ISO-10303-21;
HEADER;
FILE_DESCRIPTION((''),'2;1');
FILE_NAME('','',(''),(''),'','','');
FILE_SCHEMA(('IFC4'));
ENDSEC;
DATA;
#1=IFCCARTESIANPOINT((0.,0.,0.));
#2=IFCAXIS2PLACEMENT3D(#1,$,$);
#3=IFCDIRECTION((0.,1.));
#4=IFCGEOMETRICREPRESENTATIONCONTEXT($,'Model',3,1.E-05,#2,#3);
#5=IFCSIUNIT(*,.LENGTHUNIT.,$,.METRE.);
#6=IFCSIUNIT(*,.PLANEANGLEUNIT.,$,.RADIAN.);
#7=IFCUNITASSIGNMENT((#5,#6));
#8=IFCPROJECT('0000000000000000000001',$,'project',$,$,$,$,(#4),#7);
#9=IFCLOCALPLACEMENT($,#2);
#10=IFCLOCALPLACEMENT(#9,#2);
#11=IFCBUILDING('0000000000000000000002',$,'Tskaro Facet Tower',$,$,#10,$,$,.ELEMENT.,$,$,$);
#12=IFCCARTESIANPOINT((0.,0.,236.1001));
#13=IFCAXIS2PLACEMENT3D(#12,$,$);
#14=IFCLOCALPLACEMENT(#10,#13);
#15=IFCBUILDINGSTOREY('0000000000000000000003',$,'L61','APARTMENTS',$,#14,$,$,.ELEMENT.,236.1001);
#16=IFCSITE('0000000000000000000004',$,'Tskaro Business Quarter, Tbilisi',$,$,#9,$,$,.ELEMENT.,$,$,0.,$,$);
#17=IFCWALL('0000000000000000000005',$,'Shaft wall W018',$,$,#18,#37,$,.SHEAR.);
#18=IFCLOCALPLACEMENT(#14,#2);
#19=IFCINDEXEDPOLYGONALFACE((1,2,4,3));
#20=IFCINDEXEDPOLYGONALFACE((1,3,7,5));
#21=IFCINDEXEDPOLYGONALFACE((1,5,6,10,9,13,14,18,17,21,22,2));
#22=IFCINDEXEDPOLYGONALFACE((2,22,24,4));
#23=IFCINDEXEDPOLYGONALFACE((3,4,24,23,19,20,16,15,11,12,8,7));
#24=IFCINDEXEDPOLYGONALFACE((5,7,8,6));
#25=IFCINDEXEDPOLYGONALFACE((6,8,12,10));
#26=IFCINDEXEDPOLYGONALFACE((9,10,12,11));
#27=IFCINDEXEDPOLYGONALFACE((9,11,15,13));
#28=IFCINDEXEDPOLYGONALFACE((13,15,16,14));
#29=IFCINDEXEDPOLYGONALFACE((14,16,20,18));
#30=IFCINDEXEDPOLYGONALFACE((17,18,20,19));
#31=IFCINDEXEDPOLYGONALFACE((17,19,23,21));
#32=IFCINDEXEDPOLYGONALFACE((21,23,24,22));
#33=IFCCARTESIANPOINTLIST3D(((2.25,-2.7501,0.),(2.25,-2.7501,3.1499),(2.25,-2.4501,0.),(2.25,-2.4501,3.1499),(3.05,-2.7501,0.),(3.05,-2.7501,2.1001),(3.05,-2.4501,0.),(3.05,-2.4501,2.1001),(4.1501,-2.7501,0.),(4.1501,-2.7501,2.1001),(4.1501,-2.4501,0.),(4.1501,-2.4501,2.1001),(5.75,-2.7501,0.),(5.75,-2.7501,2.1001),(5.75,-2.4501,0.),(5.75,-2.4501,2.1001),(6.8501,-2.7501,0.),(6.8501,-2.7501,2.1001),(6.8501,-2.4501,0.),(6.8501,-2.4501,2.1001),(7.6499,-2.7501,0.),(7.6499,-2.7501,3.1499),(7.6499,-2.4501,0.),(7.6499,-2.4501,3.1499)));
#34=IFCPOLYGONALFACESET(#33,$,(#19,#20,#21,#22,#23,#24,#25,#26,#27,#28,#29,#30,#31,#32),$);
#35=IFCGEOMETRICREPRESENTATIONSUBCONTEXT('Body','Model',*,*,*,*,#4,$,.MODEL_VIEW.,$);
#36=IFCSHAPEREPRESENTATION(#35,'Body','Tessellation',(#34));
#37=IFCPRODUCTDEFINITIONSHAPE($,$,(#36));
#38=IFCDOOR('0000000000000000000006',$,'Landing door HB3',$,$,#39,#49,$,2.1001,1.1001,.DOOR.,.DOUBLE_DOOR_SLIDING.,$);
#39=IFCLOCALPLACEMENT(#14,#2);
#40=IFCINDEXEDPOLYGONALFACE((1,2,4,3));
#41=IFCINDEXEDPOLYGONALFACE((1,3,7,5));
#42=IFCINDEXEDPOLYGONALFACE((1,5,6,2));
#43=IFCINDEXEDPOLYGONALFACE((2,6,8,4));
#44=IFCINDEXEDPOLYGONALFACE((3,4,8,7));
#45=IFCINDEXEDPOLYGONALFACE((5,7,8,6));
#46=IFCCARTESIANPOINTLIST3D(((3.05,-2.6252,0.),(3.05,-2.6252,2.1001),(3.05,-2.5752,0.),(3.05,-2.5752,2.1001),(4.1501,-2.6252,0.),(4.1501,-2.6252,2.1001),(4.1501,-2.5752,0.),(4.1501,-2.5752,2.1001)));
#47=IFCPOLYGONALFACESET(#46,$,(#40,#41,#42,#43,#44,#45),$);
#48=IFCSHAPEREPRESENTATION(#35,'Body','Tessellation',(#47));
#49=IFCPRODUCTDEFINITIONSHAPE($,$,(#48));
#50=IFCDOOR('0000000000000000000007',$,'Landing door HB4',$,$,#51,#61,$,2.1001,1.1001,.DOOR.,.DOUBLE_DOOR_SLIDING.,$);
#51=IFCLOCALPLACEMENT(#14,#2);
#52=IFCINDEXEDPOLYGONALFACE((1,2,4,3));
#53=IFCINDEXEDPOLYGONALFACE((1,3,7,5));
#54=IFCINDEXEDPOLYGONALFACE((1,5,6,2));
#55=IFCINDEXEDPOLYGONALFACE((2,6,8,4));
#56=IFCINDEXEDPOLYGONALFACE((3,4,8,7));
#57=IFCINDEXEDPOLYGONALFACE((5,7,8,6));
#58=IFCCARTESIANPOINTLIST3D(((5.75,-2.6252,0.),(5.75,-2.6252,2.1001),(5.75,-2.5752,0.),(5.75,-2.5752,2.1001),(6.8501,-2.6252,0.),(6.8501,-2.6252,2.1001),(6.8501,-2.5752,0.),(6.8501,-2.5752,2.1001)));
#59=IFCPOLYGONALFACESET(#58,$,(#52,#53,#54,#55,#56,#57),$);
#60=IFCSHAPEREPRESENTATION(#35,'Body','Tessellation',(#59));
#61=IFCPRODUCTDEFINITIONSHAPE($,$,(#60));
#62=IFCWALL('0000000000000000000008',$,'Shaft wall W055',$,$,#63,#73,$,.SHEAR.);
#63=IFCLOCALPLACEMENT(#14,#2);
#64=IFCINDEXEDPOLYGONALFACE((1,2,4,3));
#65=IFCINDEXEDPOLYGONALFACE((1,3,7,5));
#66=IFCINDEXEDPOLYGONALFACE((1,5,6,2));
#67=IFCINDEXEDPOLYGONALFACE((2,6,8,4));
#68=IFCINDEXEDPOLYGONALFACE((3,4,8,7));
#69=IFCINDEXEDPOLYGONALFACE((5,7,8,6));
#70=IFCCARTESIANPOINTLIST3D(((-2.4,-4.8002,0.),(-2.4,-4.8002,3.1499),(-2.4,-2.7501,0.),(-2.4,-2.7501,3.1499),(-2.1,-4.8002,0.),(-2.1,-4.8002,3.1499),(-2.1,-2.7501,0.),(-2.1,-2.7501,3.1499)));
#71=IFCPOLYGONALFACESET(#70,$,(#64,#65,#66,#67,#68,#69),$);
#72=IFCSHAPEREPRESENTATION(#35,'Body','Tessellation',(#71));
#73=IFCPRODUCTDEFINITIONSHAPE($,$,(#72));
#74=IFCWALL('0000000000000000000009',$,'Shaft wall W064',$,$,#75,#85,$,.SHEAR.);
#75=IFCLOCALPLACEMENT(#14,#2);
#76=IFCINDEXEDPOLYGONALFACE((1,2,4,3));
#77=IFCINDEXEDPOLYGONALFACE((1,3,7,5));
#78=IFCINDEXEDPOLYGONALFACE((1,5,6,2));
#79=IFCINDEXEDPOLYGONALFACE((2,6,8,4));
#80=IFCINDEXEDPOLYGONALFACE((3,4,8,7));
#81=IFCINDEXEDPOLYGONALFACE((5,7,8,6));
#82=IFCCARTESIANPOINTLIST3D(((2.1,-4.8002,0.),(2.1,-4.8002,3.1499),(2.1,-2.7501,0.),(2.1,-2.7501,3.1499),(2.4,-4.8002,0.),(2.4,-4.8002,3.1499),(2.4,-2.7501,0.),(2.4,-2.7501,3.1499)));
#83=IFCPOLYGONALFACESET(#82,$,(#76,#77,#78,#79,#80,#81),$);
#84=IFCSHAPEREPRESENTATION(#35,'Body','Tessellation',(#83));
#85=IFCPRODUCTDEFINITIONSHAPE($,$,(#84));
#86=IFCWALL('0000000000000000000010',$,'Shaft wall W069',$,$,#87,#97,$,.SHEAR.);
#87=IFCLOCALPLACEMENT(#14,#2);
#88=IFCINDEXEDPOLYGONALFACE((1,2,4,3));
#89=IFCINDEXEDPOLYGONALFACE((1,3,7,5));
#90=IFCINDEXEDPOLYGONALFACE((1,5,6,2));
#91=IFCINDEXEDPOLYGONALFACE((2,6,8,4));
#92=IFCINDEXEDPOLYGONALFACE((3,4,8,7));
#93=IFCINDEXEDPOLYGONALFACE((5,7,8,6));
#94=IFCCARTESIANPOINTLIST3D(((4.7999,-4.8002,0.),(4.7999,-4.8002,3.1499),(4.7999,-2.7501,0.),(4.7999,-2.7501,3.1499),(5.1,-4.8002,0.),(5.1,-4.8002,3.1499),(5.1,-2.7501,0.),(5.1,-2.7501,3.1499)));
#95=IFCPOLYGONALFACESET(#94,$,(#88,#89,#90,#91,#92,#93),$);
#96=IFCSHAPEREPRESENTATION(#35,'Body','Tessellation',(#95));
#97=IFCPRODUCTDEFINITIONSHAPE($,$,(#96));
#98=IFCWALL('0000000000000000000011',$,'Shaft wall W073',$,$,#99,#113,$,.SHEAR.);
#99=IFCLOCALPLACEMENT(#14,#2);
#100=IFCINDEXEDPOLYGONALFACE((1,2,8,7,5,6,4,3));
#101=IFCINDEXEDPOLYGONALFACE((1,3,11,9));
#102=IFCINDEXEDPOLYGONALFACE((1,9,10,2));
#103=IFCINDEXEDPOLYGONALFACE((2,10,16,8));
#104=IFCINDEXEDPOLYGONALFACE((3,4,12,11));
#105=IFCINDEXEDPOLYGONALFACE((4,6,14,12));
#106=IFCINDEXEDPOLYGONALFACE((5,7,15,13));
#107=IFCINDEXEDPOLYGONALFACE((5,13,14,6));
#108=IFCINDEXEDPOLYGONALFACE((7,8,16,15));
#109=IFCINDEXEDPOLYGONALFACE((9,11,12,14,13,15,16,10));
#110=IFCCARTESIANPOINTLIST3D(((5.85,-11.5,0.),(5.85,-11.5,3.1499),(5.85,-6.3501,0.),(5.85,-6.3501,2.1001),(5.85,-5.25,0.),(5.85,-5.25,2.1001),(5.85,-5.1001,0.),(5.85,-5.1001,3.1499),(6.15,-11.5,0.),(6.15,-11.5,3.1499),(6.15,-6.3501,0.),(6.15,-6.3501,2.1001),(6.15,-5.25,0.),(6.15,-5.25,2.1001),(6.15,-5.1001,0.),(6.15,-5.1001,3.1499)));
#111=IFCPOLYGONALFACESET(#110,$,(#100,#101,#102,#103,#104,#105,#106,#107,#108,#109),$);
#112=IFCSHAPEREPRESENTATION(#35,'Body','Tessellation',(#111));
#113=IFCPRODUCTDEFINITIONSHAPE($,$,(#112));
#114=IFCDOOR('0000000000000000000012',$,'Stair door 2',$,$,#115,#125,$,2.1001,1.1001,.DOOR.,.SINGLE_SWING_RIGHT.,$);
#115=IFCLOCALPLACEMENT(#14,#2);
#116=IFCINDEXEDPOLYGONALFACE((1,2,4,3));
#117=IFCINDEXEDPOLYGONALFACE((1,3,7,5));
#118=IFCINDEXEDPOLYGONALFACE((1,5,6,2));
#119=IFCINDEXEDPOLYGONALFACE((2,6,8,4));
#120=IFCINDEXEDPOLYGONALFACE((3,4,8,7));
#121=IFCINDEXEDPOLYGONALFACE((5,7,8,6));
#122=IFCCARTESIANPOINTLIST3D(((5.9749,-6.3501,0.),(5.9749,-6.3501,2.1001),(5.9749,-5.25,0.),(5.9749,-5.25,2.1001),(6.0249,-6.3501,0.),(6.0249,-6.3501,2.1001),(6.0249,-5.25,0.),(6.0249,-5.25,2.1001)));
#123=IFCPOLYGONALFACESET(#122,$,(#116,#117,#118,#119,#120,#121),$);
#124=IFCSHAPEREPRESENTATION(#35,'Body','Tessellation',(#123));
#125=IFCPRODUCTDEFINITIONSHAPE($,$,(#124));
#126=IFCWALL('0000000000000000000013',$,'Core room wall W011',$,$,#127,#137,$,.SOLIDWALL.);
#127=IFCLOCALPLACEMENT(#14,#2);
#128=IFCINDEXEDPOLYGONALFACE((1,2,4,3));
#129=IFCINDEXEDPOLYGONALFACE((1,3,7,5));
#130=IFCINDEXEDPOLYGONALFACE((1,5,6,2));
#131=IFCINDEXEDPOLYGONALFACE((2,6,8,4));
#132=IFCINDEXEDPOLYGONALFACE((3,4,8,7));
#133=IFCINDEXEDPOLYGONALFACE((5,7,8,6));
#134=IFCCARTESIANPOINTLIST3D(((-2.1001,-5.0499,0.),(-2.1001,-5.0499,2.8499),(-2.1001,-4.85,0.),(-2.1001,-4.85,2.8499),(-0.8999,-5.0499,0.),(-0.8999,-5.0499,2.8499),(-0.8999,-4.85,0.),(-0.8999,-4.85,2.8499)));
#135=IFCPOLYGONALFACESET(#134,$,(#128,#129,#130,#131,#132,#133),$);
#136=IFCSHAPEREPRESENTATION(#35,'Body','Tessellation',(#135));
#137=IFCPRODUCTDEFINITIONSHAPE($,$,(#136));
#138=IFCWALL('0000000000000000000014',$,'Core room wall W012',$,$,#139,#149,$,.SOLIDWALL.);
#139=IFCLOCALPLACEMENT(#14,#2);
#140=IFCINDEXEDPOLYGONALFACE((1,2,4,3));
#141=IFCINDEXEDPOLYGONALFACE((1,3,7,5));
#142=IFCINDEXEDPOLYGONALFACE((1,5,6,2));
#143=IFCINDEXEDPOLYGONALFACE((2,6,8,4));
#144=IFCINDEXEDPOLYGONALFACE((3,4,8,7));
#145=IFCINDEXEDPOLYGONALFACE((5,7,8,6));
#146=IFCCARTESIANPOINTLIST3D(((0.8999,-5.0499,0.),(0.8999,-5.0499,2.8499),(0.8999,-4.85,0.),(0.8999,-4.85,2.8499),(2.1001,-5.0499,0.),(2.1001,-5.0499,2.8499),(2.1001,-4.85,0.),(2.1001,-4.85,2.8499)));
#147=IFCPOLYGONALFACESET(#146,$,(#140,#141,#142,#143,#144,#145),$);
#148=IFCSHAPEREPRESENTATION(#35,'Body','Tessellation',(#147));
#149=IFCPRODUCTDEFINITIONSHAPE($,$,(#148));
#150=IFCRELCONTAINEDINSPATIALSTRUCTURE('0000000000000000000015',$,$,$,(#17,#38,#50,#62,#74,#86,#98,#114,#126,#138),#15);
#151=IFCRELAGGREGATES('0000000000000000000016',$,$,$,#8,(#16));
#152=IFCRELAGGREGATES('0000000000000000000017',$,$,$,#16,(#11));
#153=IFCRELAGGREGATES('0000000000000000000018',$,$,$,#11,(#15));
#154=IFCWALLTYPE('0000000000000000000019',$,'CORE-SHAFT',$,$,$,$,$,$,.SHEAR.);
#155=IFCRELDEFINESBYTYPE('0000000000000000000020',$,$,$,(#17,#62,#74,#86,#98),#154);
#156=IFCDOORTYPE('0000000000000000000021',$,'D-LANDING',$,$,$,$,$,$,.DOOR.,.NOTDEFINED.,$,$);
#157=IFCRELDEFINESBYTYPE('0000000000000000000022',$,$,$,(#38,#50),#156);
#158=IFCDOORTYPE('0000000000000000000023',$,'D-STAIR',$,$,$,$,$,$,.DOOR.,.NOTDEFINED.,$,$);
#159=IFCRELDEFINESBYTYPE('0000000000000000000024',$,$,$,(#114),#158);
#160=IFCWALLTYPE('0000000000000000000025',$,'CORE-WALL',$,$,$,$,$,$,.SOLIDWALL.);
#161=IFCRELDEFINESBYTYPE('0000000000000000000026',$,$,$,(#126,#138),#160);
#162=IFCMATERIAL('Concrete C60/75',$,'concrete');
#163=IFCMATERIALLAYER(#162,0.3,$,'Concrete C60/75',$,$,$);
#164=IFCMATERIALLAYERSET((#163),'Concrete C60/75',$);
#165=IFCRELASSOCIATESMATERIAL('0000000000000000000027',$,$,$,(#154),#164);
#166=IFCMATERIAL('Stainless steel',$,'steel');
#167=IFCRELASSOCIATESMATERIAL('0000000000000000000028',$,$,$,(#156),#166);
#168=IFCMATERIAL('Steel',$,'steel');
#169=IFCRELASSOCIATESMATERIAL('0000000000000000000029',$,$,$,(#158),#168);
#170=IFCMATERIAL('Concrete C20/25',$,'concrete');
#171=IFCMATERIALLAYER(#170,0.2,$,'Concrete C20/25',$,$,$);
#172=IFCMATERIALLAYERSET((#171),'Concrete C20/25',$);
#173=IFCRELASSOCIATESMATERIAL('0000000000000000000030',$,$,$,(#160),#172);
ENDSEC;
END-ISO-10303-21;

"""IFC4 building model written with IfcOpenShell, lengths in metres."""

from ifc_helpers import new_model, si_unit, direction, frame, frame_2d, origin, place, context, subcontext, project, spatial, rectangle, extrude, material, layer, layer_set, type_object, element, fill, save


model = new_model("IFC4")

# Units and contexts
model_context = context("Model", 3, precision=1e-05, world=origin(), true_north=direction((0.0, 1.0)))
body_context = subcontext(model_context, "Body", "Model", "MODEL_VIEW")
ifc_project = project(units=[si_unit("LENGTHUNIT", "METRE"), si_unit("PLANEANGLEUNIT", "RADIAN")], contexts=[model_context])

# Site, building, storey
site_placement = place(None, origin())
site = spatial("IfcSite", under=ifc_project, at=site_placement, Name="Tskaro Business Quarter, Tbilisi", CompositionType="ELEMENT", RefElevation=0.0)
building_placement = place(site_placement, origin())
building = spatial("IfcBuilding", under=site, at=building_placement, Name="Tskaro Facet Tower", CompositionType="ELEMENT")
storey_placement = place(building_placement, frame((0.0, 0.0, 236.1001)))
storey = spatial("IfcBuildingStorey", under=building, at=storey_placement, Name="L61", Description="APARTMENTS", CompositionType="ELEMENT", Elevation=236.1001)

# Shared definitions
ifc_material_1 = material(Name="Concrete C60/75", Category="concrete")

# Shared definitions
ifc_layer_1 = layer(ifc_material_1, 0.3, Name="Concrete C60/75")
ifc_layer_set_1 = layer_set([ifc_layer_1], Name="Concrete C60/75")
wall_type_1 = type_object("IfcWallType", Name="CORE-SHAFT", PredefinedType="SHEAR", material=ifc_layer_set_1)

# Wall, openings, doors
wall_1_placement = place(storey_placement, frame((2.25, -2.6001, 0.0), z_axis=(0.0, 0.0, 1.0), x_axis=(1.0, 0.0, 0.0)))
wall_1 = element("IfcWall", 1, at=wall_1_placement, inside=storey, type_object=wall_type_1, Name="Shaft wall W018", PredefinedType="SHEAR", context=body_context, shape_type="SweptSolid", body=[
    extrude(rectangle(XDim=5.3999, YDim=0.3, at=frame_2d((2.7, 0.0))), origin(), (0.0, 0.0, 1.0), 3.1499),
])
opening_1_placement = place(wall_1_placement, frame((0.8, 0.0, 0.0)))
opening_1 = element("IfcOpeningElement", 2, at=opening_1_placement, cuts=wall_1, PredefinedType="OPENING", context=body_context, shape_type="SweptSolid", body=[
    extrude(rectangle(XDim=1.1001, YDim=2.1001, at=frame_2d((0.55, 1.05))), frame((0.0, 0.1599, 0.0), z_axis=(0.0, -1.0, 0.0), x_axis=(1.0, 0.0, 0.0)), (0.0, 0.0, 1.0), 0.3201),
])
opening_2_placement = place(wall_1_placement, frame((3.5, 0.0, 0.0)))
opening_2 = element("IfcOpeningElement", 3, at=opening_2_placement, cuts=wall_1, PredefinedType="OPENING", context=body_context, shape_type="SweptSolid", body=[
    extrude(rectangle(XDim=1.1001, YDim=2.1001, at=frame_2d((0.55, 1.05))), frame((0.0, 0.1599, 0.0), z_axis=(0.0, -1.0, 0.0), x_axis=(1.0, 0.0, 0.0)), (0.0, 0.0, 1.0), 0.3201),
])
ifc_material_2 = material(Name="Stainless steel", Category="steel")
door_type_1 = type_object("IfcDoorType", Name="D-LANDING", OperationType="NOTDEFINED", PredefinedType="DOOR", material=ifc_material_2)
door_1_placement = place(opening_1_placement, origin())
door_1 = element("IfcDoor", 4, at=door_1_placement, inside=storey, type_object=door_type_1, Name="Landing door HB3", OperationType="DOUBLE_DOOR_SLIDING", OverallHeight=2.1001, OverallWidth=1.1001, PredefinedType="DOOR", context=body_context, shape_type="SweptSolid", body=[
    extrude(rectangle(XDim=1.1001, YDim=2.1001, at=frame_2d((0.55, 1.05))), frame((0.0, 0.0249, 0.0), z_axis=(0.0, -1.0, 0.0), x_axis=(1.0, 0.0, 0.0)), (0.0, 0.0, 1.0), 0.05),
])
fill(opening_1, door_1)
door_2_placement = place(opening_2_placement, origin())
door_2 = element("IfcDoor", 5, at=door_2_placement, inside=storey, type_object=door_type_1, Name="Landing door HB4", OperationType="DOUBLE_DOOR_SLIDING", OverallHeight=2.1001, OverallWidth=1.1001, PredefinedType="DOOR", context=body_context, shape_type="SweptSolid", body=[
    extrude(rectangle(XDim=1.1001, YDim=2.1001, at=frame_2d((0.55, 1.05))), frame((0.0, 0.0249, 0.0), z_axis=(0.0, -1.0, 0.0), x_axis=(1.0, 0.0, 0.0)), (0.0, 0.0, 1.0), 0.05),
])
fill(opening_2, door_2)

# Walls
for number, where, z_axis, x_axis, name in (
    (6, (-2.25, -4.8, 0.0), (0.0, 0.0, 1.0), (0.0, 1.0, 0.0), "Shaft wall W055"),
    (7, (2.25, -4.8, 0.0), (0.0, 0.0, 1.0), (0.0, 1.0, 0.0), "Shaft wall W064"),
    (8, (4.95, -4.8, 0.0), (0.0, 0.0, 1.0), (0.0, 1.0, 0.0), "Shaft wall W069"),
):
    element("IfcWall", number, at=place(storey_placement, frame(where, z_axis=z_axis, x_axis=x_axis)), inside=storey, type_object=wall_type_1, Name=name, PredefinedType="SHEAR", context=body_context, shape_type="SweptSolid", body=[
        extrude(rectangle(XDim=2.05, YDim=0.3, at=frame_2d((1.0249, 0.0))), origin(), (0.0, 0.0, 1.0), 3.1499),
    ])

# Wall, opening, door
wall_2_placement = place(storey_placement, frame((6.0, -5.1001, 0.0), z_axis=(0.0, 0.0, 1.0), x_axis=(0.0, -1.0, 0.0)))
wall_2 = element("IfcWall", 9, at=wall_2_placement, inside=storey, type_object=wall_type_1, Name="Shaft wall W073", PredefinedType="SHEAR", context=body_context, shape_type="SweptSolid", body=[
    extrude(rectangle(XDim=6.3999, YDim=0.3, at=frame_2d((3.2, 0.0))), origin(), (0.0, 0.0, 1.0), 3.1499),
])
opening_3_placement = place(wall_2_placement, frame((0.1499, 0.0, 0.0)))
opening_3 = element("IfcOpeningElement", 10, at=opening_3_placement, cuts=wall_2, PredefinedType="OPENING", context=body_context, shape_type="SweptSolid", body=[
    extrude(rectangle(XDim=1.1001, YDim=2.1001, at=frame_2d((0.55, 1.05))), frame((0.0, 0.1599, 0.0), z_axis=(0.0, -1.0, 0.0), x_axis=(1.0, 0.0, 0.0)), (0.0, 0.0, 1.0), 0.3201),
])
ifc_material_3 = material(Name="Steel", Category="steel")
door_type_2 = type_object("IfcDoorType", Name="D-STAIR", OperationType="NOTDEFINED", PredefinedType="DOOR", material=ifc_material_3)
door_3_placement = place(opening_3_placement, origin())
door_3 = element("IfcDoor", 11, at=door_3_placement, inside=storey, type_object=door_type_2, Name="Stair door 2", OperationType="SINGLE_SWING_RIGHT", OverallHeight=2.1001, OverallWidth=1.1001, PredefinedType="DOOR", context=body_context, shape_type="SweptSolid", body=[
    extrude(rectangle(XDim=1.1001, YDim=2.1001, at=frame_2d((0.55, 1.05))), frame((0.0, 0.0249, 0.0), z_axis=(0.0, -1.0, 0.0), x_axis=(1.0, 0.0, 0.0)), (0.0, 0.0, 1.0), 0.05),
])
fill(opening_3, door_3)

# Walls
ifc_material_4 = material(Name="Concrete C20/25", Category="concrete")
ifc_layer_2 = layer(ifc_material_4, 0.2, Name="Concrete C20/25")
ifc_layer_set_2 = layer_set([ifc_layer_2], Name="Concrete C20/25")
wall_type_2 = type_object("IfcWallType", Name="CORE-WALL", PredefinedType="SOLIDWALL", material=ifc_layer_set_2)
for number, where, z_axis, x_axis, name in (
    (12, (-2.1001, -4.95, 0.0), (0.0, 0.0, 1.0), (1.0, 0.0, 0.0), "Core room wall W011"),
    (13, (0.8999, -4.95, 0.0), (0.0, 0.0, 1.0), (1.0, 0.0, 0.0), "Core room wall W012"),
):
    element("IfcWall", number, at=place(storey_placement, frame(where, z_axis=z_axis, x_axis=x_axis)), inside=storey, type_object=wall_type_2, Name=name, PredefinedType="SOLIDWALL", context=body_context, shape_type="SweptSolid", body=[
        extrude(rectangle(XDim=1.2002, YDim=0.2, at=frame_2d((0.6001, 0.0))), origin(), (0.0, 0.0, 1.0), 2.8499),
    ])

save(model, "model.ifc")
